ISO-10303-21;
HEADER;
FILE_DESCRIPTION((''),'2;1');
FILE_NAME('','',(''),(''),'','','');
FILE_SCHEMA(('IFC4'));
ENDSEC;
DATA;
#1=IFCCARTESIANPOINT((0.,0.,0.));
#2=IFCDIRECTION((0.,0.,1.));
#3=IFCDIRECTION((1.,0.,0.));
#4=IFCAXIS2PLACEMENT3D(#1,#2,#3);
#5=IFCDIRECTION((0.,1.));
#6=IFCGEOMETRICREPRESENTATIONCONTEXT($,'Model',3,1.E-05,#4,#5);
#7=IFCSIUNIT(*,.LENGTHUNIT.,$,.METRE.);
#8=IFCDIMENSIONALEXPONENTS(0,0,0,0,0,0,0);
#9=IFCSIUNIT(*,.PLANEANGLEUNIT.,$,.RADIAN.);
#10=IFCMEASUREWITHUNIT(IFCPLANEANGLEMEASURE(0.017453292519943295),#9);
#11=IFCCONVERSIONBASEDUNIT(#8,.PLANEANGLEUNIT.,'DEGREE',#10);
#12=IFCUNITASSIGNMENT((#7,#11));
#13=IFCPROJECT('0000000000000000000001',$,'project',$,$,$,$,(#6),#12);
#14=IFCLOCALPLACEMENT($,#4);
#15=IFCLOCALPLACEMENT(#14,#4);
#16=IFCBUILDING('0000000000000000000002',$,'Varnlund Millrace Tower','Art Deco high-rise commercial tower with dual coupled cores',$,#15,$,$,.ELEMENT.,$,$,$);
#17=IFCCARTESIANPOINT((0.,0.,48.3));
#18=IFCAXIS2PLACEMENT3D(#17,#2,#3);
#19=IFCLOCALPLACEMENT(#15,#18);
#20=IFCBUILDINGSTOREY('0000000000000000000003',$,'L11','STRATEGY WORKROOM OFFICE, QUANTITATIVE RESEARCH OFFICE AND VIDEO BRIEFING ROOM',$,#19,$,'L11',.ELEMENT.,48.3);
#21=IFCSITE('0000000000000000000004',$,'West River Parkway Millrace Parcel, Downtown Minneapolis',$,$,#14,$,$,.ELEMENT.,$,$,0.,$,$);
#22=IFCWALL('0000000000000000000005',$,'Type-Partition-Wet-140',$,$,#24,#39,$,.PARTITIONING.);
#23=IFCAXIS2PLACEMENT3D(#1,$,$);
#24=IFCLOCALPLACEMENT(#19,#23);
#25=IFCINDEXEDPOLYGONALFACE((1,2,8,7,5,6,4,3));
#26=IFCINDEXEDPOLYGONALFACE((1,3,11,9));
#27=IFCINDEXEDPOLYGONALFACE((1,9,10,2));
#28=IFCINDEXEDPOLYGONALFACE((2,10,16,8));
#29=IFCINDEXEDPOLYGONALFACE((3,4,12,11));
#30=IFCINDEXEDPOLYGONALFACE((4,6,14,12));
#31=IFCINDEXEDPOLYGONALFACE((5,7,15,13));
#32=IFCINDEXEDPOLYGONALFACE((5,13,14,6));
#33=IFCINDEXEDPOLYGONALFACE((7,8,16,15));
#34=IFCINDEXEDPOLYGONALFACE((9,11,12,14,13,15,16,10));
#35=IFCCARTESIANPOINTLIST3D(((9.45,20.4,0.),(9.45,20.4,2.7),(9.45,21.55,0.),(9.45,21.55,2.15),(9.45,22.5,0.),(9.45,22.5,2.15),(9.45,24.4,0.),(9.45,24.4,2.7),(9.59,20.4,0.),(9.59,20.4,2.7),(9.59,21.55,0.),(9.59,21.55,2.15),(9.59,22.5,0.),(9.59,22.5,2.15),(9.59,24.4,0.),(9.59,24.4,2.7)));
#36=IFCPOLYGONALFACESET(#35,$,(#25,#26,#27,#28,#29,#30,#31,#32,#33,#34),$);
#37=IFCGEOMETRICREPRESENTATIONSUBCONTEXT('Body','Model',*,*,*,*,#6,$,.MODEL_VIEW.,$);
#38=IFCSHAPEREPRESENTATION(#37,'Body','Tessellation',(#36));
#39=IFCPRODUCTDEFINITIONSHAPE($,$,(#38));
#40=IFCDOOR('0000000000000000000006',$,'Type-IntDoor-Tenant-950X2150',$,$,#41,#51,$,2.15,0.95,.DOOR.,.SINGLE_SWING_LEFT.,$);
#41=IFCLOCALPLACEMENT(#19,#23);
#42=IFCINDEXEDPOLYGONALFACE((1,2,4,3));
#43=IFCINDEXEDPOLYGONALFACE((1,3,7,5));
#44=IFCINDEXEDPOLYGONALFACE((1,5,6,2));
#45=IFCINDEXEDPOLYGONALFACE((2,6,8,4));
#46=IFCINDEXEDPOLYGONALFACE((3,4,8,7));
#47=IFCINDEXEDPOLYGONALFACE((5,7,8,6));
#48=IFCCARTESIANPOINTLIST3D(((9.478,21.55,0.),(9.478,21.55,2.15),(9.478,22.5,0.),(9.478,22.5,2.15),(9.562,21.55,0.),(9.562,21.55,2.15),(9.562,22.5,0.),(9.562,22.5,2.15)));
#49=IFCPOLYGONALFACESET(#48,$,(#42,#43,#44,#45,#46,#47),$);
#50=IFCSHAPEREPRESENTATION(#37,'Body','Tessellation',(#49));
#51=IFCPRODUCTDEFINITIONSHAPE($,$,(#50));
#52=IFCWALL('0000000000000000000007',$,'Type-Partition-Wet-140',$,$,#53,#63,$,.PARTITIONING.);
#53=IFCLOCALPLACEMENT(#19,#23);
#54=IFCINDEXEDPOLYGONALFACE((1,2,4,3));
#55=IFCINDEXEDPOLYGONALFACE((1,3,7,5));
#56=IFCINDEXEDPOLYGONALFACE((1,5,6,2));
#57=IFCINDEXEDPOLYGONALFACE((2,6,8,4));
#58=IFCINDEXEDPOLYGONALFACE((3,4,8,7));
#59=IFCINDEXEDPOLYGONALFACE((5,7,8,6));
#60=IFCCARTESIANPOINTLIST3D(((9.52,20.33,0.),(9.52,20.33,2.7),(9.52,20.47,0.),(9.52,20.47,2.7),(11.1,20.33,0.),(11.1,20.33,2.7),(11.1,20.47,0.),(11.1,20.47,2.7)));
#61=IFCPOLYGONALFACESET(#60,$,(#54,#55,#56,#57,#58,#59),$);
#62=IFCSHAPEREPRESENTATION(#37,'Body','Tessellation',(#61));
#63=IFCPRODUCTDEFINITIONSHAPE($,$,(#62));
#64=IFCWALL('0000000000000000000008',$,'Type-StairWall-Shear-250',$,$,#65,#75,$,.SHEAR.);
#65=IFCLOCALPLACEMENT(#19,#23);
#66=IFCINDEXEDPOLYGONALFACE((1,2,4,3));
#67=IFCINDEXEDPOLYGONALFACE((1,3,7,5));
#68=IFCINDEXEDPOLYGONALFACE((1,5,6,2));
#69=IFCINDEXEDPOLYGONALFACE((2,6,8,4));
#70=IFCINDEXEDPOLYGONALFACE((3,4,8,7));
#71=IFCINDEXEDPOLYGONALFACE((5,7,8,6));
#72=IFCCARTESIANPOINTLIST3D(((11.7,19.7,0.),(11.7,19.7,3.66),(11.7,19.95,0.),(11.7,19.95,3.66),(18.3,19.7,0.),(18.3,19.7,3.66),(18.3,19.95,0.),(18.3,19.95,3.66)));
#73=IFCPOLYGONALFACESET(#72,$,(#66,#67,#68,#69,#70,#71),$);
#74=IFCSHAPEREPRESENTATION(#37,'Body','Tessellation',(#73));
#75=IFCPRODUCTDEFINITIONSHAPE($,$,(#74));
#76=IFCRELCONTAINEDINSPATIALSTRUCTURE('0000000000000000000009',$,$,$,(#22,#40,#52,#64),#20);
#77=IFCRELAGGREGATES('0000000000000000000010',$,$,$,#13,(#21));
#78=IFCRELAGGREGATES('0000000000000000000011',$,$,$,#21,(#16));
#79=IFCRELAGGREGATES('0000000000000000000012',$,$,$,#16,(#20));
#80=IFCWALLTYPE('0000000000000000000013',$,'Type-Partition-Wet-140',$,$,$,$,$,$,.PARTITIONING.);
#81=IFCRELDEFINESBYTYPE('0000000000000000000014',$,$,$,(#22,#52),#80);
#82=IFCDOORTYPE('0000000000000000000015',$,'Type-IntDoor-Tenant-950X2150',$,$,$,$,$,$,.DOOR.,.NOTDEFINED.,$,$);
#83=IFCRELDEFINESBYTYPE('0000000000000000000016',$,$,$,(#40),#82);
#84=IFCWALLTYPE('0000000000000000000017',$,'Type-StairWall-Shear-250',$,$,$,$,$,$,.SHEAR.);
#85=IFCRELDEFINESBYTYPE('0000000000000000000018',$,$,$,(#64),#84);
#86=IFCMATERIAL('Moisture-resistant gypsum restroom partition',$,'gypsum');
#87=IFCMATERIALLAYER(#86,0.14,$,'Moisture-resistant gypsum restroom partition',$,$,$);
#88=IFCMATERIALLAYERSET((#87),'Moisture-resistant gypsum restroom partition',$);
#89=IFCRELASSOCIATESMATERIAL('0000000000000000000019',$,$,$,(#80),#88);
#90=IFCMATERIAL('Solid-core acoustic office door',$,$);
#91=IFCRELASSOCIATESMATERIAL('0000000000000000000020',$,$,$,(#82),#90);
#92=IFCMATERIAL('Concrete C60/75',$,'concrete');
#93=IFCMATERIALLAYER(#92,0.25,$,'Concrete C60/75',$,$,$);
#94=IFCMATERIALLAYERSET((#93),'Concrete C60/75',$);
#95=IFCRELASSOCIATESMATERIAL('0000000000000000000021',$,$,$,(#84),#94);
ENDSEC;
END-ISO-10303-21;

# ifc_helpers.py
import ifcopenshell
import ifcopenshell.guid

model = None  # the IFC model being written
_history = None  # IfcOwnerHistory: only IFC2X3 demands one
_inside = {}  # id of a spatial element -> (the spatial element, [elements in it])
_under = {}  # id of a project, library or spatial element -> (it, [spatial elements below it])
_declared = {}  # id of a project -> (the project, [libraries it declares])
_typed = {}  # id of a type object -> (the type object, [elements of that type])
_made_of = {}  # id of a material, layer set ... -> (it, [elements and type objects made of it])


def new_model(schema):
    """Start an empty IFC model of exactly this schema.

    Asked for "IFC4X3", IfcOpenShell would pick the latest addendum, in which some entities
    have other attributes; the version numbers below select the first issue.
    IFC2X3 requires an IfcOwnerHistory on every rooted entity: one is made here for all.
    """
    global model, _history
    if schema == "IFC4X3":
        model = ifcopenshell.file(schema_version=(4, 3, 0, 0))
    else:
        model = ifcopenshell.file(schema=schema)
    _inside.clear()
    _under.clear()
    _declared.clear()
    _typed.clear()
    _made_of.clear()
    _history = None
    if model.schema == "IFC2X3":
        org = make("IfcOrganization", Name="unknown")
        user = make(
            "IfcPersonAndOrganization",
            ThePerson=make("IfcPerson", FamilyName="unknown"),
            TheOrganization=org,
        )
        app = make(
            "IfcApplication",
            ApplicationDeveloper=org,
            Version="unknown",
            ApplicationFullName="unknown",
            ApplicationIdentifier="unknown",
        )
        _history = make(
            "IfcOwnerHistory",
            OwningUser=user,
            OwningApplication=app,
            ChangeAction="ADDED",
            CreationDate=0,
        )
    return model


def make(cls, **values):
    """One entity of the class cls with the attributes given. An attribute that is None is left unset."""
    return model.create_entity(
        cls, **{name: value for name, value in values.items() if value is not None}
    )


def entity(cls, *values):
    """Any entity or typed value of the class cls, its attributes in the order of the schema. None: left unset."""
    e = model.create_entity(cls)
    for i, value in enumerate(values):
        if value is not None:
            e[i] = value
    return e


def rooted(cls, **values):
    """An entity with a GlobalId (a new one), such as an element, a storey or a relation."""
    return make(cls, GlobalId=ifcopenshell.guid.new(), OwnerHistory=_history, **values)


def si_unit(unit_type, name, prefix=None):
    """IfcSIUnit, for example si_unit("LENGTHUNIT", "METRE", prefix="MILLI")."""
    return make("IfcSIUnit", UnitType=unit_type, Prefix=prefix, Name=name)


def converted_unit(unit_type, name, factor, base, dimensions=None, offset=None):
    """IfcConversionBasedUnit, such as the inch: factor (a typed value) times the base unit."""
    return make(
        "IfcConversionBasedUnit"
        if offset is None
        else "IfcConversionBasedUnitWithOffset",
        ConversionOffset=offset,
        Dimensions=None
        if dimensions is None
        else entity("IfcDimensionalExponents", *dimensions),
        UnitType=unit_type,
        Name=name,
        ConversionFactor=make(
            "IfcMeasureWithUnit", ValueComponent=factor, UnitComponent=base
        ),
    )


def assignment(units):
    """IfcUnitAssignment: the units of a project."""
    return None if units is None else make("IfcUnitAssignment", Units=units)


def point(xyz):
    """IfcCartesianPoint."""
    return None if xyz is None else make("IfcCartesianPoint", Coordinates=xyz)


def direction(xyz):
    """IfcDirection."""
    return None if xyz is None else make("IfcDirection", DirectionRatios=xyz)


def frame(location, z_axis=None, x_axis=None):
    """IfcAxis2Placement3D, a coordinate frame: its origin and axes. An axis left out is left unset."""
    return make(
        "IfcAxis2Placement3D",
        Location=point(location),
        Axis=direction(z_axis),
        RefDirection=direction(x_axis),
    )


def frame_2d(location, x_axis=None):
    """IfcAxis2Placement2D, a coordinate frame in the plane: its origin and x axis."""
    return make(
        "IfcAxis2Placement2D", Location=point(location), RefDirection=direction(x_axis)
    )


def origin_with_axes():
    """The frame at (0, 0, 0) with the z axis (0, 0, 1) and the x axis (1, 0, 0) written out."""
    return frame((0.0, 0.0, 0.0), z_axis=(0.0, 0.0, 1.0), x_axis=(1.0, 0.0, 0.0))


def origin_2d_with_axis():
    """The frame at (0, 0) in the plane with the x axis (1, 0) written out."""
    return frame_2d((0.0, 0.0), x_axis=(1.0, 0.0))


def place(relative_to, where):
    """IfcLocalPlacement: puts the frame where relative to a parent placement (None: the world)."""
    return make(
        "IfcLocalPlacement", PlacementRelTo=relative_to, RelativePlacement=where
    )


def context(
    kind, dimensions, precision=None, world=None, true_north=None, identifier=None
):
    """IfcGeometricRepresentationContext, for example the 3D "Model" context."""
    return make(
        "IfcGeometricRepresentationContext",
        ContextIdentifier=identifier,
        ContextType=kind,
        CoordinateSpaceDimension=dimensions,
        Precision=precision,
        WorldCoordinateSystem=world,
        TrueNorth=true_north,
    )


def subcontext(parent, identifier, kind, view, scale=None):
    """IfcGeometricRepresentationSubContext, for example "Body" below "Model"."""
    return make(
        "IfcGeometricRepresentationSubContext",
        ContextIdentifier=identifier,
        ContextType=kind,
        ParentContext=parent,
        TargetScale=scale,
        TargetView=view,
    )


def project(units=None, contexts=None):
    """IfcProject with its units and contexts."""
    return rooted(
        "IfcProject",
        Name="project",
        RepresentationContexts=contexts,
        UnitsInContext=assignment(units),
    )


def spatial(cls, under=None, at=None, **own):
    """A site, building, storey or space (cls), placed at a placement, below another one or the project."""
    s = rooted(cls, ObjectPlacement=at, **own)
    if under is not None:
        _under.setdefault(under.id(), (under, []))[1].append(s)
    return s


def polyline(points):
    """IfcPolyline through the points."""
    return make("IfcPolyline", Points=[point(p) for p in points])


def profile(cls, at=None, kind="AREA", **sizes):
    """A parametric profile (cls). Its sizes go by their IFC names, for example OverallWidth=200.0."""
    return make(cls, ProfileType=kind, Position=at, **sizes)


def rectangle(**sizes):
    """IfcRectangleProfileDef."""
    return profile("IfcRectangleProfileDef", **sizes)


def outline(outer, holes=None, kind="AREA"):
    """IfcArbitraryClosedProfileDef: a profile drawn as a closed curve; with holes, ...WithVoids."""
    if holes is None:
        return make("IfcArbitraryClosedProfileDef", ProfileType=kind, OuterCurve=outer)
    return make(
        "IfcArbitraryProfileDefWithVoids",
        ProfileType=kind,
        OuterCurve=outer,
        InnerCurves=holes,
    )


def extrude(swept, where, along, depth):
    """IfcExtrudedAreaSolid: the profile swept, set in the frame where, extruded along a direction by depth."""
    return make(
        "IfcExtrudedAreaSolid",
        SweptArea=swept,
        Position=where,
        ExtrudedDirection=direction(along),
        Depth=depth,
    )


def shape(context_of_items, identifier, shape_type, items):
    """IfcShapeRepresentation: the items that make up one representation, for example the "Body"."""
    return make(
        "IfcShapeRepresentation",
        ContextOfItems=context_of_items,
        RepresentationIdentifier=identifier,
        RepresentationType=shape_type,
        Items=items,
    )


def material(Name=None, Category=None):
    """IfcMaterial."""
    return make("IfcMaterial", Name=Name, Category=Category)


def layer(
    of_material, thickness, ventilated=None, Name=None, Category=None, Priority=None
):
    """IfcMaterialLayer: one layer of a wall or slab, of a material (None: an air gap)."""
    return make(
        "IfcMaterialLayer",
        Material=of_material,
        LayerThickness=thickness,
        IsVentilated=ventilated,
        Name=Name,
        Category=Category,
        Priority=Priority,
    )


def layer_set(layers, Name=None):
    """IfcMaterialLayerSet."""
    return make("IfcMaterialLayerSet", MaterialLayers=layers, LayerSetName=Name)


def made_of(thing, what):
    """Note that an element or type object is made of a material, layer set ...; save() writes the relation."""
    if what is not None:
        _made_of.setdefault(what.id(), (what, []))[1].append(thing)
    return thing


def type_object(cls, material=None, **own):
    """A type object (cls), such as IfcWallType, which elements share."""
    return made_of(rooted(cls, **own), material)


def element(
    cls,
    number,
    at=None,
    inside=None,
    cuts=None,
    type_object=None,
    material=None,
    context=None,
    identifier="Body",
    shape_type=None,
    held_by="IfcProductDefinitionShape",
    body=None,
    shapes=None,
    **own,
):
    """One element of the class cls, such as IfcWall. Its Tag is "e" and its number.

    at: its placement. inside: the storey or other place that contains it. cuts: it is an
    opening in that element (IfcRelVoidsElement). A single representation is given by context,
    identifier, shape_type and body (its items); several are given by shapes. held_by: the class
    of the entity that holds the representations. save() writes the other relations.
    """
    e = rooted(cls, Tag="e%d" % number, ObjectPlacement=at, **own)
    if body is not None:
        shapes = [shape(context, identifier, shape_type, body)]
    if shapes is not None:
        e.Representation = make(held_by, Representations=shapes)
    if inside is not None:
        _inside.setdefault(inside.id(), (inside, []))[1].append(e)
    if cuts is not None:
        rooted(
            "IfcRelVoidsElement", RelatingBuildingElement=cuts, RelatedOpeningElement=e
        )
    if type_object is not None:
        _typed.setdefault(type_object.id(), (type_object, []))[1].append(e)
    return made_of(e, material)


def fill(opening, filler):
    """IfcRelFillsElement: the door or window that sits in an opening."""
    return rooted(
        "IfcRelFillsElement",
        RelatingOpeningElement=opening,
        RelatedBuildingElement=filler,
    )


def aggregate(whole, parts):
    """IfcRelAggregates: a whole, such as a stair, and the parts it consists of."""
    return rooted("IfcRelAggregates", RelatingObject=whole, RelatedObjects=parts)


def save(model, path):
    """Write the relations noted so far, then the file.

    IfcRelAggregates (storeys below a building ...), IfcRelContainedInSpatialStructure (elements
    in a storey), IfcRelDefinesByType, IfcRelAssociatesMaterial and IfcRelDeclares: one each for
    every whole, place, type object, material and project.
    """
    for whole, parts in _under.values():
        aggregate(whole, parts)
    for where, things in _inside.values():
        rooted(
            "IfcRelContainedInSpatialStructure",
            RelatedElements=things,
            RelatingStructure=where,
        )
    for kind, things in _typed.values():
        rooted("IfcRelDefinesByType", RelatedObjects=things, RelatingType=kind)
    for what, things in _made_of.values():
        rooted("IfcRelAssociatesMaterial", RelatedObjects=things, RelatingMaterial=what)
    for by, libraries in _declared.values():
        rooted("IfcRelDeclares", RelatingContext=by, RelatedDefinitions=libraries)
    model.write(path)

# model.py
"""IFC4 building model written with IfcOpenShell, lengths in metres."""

from ifc_helpers import new_model, entity, si_unit, converted_unit, direction, frame, origin_with_axes, origin_2d_with_axis, place, context, subcontext, project, spatial, polyline, rectangle, outline, extrude, material, layer, layer_set, type_object, element, fill, save


model = new_model("IFC4")

# Units and contexts
model_context = context("Model", 3, precision=1e-05, world=origin_with_axes(), true_north=direction((0.0, 1.0)))
body_context = subcontext(model_context, "Body", "Model", "MODEL_VIEW")
ifc_project = project(units=[si_unit("LENGTHUNIT", "METRE"), converted_unit("PLANEANGLEUNIT", "DEGREE", entity("IfcPlaneAngleMeasure", 0.017453292519943295), si_unit("PLANEANGLEUNIT", "RADIAN"), dimensions=[0, 0, 0, 0, 0, 0, 0])], contexts=[model_context])

# Site, building, storey
site_placement = place(None, origin_with_axes())
site = spatial("IfcSite", under=ifc_project, at=site_placement, Name="West River Parkway Millrace Parcel, Downtown Minneapolis", CompositionType="ELEMENT", RefElevation=0.0)
building_placement = place(site_placement, origin_with_axes())
building = spatial("IfcBuilding", under=site, at=building_placement, Name="Varnlund Millrace Tower", Description="Art Deco high-rise commercial tower with dual coupled cores", CompositionType="ELEMENT")
storey_placement = place(building_placement, frame((0.0, 0.0, 48.3), z_axis=(0.0, 0.0, 1.0), x_axis=(1.0, 0.0, 0.0)))
storey = spatial("IfcBuildingStorey", under=building, at=storey_placement, Name="L11", Description="STRATEGY WORKROOM OFFICE, QUANTITATIVE RESEARCH OFFICE AND VIDEO BRIEFING ROOM", LongName="L11", CompositionType="ELEMENT", Elevation=48.3)

# Wall, opening, door
ifc_material_1 = material(Name="Moisture-resistant gypsum restroom partition", Category="gypsum")
ifc_layer_1 = layer(ifc_material_1, 0.14, Name="Moisture-resistant gypsum restroom partition")
ifc_layer_set_1 = layer_set([ifc_layer_1], Name="Moisture-resistant gypsum restroom partition")
wall_type_1 = type_object("IfcWallType", Name="Type-Partition-Wet-140", PredefinedType="PARTITIONING", material=ifc_layer_set_1)
wall_1_placement = place(storey_placement, frame((9.52, 20.4, 0.0), z_axis=(0.0, 0.0, 1.0), x_axis=(0.0, 1.0, 0.0)))
wall_1 = element("IfcWall", 1, at=wall_1_placement, inside=storey, type_object=wall_type_1, Name="Type-Partition-Wet-140", PredefinedType="PARTITIONING", context=body_context, shape_type="SweptSolid", body=[
    extrude(outline(polyline([(0.0, -0.07), (4.0, -0.07), (4.0, 0.07), (0.0, 0.07), (0.0, -0.07)])), origin_with_axes(), (0.0, 0.0, 1.0), 2.7),
])
opening_1_placement = place(wall_1_placement, frame((1.625, 0.0, 0.0), z_axis=(0.0, 0.0, 1.0), x_axis=(1.0, 0.0, 0.0)))
opening_1 = element("IfcOpeningElement", 2, at=opening_1_placement, cuts=wall_1, PredefinedType="OPENING", context=body_context, shape_type="SweptSolid", body=[
    extrude(rectangle(XDim=0.95, YDim=0.16, at=origin_2d_with_axis()), origin_with_axes(), (0.0, 0.0, 1.0), 2.15),
])
ifc_material_2 = material(Name="Solid-core acoustic office door")
door_type_1 = type_object("IfcDoorType", Name="Type-IntDoor-Tenant-950X2150", OperationType="NOTDEFINED", PredefinedType="DOOR", material=ifc_material_2)
door_1_placement = place(wall_1_placement, frame((1.625, 0.0, 0.0), z_axis=(0.0, 0.0, 1.0), x_axis=(1.0, 0.0, 0.0)))
door_1 = element("IfcDoor", 3, at=door_1_placement, inside=storey, type_object=door_type_1, Name="Type-IntDoor-Tenant-950X2150", OperationType="SINGLE_SWING_LEFT", OverallHeight=2.15, OverallWidth=0.95, PredefinedType="DOOR", context=body_context, shape_type="SweptSolid", body=[
    extrude(rectangle(XDim=0.95, YDim=0.084, at=origin_2d_with_axis()), origin_with_axes(), (0.0, 0.0, 1.0), 2.15),
])
fill(opening_1, door_1)

# Walls
wall_2_placement = place(storey_placement, frame((9.52, 20.4, 0.0), z_axis=(0.0, 0.0, 1.0), x_axis=(1.0, 0.0, 0.0)))
element("IfcWall", 4, at=wall_2_placement, inside=storey, type_object=wall_type_1, Name="Type-Partition-Wet-140", PredefinedType="PARTITIONING", context=body_context, shape_type="SweptSolid", body=[
    extrude(outline(polyline([(0.0, -0.07), (1.58, -0.07), (1.58, 0.07), (0.0, 0.07), (0.0, -0.07)])), origin_with_axes(), (0.0, 0.0, 1.0), 2.7),
])
ifc_material_3 = material(Name="Concrete C60/75", Category="concrete")
ifc_layer_2 = layer(ifc_material_3, 0.25, Name="Concrete C60/75")
ifc_layer_set_2 = layer_set([ifc_layer_2], Name="Concrete C60/75")
wall_type_2 = type_object("IfcWallType", Name="Type-StairWall-Shear-250", PredefinedType="SHEAR", material=ifc_layer_set_2)
wall_3_placement = place(storey_placement, frame((11.7, 19.825, 0.0), z_axis=(0.0, 0.0, 1.0), x_axis=(1.0, 0.0, 0.0)))
element("IfcWall", 5, at=wall_3_placement, inside=storey, type_object=wall_type_2, Name="Type-StairWall-Shear-250", PredefinedType="SHEAR", context=body_context, shape_type="SweptSolid", body=[
    extrude(outline(polyline([(0.0, -0.125), (6.6, -0.125), (6.6, 0.125), (0.0, 0.125), (0.0, -0.125)])), origin_with_axes(), (0.0, 0.0, 1.0), 3.66),
])

save(model, "model.ifc")
